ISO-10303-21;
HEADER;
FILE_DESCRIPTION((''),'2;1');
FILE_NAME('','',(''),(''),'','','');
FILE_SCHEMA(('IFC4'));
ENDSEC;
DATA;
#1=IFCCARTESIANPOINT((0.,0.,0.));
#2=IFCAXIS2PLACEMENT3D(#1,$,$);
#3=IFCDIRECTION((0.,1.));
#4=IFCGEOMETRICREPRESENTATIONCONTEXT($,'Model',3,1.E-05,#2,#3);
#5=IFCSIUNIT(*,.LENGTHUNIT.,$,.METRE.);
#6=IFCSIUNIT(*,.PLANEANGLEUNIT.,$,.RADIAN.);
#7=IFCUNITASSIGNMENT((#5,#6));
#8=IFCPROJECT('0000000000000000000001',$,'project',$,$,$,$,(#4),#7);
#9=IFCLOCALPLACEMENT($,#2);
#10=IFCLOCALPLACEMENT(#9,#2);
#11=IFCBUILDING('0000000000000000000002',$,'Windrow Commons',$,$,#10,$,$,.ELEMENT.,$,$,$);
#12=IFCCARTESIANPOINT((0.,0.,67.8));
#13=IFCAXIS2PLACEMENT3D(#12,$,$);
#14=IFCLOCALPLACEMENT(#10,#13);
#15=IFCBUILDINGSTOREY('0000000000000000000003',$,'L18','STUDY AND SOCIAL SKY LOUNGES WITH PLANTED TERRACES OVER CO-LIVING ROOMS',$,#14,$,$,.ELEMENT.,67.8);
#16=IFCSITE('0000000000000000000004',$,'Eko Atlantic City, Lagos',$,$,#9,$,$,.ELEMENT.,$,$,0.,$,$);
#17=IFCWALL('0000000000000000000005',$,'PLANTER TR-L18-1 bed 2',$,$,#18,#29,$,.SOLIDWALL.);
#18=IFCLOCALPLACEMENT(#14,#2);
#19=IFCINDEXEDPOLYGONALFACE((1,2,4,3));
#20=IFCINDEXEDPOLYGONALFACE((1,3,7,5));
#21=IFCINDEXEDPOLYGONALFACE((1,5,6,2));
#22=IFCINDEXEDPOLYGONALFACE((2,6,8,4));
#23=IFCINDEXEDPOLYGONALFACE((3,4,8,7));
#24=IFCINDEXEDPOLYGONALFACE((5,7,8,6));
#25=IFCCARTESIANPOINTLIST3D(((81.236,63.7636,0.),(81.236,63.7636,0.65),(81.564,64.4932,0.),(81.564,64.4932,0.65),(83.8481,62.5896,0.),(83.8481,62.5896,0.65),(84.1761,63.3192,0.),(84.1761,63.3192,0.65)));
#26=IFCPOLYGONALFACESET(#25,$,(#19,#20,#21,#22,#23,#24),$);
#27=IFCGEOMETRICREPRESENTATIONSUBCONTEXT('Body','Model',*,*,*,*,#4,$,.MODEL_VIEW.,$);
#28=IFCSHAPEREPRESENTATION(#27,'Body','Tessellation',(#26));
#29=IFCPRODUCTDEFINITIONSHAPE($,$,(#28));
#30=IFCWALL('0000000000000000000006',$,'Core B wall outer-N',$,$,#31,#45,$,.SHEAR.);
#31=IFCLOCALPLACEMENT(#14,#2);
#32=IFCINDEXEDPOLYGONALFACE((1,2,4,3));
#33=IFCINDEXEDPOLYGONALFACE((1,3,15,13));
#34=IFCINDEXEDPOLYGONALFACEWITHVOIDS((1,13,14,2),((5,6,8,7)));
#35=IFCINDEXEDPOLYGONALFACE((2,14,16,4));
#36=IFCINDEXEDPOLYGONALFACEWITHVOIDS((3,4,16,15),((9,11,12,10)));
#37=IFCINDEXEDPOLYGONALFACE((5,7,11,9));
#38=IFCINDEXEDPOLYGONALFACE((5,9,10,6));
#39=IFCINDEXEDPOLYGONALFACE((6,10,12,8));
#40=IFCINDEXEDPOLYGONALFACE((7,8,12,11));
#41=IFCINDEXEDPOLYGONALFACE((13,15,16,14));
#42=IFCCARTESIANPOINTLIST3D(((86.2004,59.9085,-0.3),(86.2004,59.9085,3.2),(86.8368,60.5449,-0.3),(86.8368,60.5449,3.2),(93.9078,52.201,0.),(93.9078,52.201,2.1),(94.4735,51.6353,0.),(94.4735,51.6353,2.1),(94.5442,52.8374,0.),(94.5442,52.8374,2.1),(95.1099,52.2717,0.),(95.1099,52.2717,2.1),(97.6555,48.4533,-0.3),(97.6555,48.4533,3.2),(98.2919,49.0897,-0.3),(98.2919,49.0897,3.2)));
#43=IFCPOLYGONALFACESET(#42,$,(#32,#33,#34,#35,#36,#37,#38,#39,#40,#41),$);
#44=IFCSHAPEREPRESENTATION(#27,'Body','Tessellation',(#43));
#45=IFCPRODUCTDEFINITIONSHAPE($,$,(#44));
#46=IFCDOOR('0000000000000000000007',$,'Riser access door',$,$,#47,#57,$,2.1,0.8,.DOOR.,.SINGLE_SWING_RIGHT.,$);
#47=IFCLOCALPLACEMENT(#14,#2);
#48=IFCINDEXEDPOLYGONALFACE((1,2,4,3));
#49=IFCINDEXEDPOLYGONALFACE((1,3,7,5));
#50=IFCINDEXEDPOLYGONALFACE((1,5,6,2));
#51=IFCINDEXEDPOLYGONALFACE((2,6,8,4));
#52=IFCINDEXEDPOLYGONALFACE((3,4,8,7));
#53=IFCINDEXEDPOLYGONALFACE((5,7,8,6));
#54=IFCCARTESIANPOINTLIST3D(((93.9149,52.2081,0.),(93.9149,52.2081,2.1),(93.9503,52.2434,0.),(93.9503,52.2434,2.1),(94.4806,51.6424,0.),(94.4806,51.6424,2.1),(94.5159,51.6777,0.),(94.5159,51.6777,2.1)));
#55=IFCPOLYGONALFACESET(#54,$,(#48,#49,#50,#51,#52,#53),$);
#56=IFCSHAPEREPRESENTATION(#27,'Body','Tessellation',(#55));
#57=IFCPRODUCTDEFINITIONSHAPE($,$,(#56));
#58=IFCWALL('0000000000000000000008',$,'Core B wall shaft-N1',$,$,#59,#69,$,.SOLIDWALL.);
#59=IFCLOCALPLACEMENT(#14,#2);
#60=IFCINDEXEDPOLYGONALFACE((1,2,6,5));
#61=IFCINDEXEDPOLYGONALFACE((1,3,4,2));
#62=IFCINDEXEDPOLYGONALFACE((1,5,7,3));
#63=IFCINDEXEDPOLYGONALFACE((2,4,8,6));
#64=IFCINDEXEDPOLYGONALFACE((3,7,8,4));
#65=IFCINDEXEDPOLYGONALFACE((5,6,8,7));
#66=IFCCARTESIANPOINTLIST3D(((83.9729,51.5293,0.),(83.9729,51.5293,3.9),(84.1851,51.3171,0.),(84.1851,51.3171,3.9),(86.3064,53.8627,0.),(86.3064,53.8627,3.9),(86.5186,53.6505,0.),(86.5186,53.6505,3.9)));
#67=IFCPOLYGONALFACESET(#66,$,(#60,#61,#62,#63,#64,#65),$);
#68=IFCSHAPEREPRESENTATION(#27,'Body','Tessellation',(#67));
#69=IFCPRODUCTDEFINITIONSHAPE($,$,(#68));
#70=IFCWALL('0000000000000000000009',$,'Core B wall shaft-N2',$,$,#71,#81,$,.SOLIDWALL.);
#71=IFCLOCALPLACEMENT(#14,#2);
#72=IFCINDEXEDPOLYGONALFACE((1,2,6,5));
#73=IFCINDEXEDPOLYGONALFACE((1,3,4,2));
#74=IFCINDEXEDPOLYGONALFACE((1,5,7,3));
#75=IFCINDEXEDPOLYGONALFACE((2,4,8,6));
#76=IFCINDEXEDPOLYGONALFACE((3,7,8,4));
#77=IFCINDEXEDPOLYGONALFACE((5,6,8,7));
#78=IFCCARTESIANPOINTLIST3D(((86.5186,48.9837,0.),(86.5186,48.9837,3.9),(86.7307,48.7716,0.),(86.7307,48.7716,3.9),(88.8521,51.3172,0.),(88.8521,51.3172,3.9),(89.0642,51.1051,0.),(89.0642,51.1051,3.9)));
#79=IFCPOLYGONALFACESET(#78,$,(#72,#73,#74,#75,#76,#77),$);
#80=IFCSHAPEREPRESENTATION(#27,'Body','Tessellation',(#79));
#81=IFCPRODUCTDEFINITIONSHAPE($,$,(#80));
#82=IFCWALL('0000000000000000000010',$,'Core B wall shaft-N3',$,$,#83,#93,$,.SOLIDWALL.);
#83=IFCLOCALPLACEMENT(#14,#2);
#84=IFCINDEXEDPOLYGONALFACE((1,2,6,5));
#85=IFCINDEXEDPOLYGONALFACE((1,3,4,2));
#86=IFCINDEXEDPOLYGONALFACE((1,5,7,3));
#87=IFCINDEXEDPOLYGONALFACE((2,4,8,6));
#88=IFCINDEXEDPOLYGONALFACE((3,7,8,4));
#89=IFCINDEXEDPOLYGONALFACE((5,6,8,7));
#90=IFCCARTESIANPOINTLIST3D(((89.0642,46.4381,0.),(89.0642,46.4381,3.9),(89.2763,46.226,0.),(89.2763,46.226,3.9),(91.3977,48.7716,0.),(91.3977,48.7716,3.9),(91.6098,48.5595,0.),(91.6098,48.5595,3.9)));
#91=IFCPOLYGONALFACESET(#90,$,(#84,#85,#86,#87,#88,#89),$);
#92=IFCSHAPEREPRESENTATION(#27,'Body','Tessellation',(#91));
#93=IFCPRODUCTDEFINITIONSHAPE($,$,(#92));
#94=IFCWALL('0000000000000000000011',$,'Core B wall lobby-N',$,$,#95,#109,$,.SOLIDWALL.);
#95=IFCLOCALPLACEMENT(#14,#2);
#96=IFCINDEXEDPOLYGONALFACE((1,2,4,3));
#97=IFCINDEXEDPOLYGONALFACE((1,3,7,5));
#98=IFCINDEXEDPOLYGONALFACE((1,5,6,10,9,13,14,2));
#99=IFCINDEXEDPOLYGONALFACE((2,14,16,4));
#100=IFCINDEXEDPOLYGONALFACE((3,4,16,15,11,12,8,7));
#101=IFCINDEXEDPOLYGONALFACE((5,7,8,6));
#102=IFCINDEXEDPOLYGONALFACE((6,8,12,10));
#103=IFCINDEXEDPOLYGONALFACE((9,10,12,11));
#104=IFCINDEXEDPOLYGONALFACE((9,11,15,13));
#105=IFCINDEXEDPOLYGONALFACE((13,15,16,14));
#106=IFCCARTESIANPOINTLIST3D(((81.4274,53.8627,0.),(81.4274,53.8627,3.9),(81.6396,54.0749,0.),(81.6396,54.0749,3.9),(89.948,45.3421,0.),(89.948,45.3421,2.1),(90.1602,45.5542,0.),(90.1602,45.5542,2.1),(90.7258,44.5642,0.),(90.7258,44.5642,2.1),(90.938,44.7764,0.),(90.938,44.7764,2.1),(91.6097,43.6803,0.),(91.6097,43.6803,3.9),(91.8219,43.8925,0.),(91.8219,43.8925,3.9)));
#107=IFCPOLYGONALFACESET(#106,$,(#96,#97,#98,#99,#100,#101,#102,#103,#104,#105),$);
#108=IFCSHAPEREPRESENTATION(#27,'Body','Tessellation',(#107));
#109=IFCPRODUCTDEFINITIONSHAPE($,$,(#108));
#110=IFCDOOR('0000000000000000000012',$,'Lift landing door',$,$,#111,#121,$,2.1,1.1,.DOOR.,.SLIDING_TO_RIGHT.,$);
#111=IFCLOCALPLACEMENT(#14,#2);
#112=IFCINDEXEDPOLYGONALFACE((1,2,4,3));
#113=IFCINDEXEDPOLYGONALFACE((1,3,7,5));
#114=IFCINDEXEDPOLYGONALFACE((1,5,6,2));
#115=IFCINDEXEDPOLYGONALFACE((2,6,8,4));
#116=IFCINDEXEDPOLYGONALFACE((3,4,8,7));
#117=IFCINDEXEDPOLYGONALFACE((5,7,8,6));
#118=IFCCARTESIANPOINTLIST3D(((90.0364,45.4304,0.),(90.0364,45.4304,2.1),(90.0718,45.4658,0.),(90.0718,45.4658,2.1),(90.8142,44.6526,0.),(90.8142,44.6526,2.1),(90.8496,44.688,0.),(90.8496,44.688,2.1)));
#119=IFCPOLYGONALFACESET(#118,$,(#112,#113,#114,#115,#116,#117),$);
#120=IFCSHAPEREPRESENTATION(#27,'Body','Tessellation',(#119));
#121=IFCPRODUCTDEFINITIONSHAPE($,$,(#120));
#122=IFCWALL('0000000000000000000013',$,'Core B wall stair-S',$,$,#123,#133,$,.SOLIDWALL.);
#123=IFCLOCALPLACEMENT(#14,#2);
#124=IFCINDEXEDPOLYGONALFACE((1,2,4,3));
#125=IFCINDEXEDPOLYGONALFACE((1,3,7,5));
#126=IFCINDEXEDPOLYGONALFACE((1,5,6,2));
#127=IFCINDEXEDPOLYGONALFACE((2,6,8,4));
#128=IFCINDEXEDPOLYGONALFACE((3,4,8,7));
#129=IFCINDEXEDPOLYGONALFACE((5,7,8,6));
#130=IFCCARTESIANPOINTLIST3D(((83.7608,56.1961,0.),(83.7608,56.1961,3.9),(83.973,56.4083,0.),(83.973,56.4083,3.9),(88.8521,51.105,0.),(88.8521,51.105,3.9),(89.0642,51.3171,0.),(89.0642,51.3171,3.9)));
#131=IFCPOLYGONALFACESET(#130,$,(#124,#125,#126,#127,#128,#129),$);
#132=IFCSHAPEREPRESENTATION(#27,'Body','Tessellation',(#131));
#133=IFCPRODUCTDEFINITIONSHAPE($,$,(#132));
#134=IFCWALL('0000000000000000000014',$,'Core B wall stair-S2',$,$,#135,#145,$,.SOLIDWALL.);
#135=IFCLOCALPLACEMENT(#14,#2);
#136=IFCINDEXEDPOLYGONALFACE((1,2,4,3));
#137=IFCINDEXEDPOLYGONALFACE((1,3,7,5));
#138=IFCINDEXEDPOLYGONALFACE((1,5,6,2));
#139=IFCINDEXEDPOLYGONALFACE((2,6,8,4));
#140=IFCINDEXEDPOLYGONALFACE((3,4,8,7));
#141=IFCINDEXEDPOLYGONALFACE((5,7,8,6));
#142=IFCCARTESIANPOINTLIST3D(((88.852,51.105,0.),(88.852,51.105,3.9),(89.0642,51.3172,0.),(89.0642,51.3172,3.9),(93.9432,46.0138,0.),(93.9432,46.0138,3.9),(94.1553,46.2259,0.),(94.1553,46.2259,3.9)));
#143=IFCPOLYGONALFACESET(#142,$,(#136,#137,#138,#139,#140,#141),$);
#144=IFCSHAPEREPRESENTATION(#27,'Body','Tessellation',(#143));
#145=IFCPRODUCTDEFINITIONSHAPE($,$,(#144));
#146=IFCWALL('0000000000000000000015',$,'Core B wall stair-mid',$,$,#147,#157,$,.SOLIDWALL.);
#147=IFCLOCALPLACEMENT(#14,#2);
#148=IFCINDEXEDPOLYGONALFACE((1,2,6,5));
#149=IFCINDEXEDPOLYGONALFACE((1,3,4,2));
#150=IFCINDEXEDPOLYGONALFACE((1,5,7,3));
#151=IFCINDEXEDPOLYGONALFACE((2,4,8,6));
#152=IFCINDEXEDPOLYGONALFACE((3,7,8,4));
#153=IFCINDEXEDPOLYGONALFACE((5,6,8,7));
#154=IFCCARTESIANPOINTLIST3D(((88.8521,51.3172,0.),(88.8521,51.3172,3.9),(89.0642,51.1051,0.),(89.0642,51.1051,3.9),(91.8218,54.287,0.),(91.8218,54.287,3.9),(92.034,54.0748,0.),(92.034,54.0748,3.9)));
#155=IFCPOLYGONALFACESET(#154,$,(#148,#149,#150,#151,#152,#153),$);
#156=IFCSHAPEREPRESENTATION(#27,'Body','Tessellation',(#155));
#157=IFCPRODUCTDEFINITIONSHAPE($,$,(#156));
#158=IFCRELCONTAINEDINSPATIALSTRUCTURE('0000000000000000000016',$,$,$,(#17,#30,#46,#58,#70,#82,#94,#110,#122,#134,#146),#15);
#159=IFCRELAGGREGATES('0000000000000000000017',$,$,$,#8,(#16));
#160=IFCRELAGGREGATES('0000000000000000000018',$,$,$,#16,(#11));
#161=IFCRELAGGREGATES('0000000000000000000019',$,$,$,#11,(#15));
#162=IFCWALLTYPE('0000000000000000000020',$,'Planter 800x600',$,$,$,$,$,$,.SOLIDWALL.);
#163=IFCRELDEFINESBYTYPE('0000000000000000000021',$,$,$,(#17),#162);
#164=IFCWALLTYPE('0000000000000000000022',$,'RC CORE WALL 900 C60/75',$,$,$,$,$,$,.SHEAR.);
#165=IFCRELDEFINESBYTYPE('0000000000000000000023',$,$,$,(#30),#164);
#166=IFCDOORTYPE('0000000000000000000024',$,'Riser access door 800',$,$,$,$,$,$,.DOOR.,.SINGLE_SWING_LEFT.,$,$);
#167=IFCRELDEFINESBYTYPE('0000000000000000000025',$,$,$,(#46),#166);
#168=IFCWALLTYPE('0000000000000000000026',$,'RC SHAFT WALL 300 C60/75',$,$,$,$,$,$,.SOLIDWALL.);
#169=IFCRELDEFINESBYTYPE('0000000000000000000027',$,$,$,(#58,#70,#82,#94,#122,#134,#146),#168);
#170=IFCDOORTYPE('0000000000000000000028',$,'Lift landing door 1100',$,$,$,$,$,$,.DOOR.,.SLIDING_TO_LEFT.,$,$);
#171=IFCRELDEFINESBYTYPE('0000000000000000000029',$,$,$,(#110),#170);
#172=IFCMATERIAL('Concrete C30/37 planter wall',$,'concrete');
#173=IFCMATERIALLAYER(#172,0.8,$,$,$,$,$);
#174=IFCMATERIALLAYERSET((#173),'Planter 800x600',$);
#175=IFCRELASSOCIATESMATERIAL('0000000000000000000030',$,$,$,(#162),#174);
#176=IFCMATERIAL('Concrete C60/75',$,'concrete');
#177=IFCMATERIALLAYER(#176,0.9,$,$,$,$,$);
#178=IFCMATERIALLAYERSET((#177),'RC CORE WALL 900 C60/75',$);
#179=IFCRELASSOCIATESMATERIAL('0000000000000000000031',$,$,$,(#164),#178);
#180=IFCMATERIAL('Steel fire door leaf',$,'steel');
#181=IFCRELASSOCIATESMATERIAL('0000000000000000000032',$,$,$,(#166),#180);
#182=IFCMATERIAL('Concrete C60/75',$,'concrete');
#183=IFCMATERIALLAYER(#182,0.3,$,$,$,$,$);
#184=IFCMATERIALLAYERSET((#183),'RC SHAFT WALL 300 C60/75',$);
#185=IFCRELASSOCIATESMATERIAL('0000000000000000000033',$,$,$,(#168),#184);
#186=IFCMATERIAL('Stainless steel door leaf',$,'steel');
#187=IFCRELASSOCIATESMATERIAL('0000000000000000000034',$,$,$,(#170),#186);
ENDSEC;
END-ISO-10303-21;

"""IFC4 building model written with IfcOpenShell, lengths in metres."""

from ifc_helpers import new_model, si_unit, direction, frame, frame_2d, origin, place, context, subcontext, project, spatial, rectangle, extrude, material, layer, layer_set, type_object, element, fill, save


model = new_model("IFC4")

# Units and contexts
model_context = context("Model", 3, precision=1e-05, world=origin(), true_north=direction((0.0, 1.0)))
body_context = subcontext(model_context, "Body", "Model", "MODEL_VIEW")
ifc_project = project(units=[si_unit("LENGTHUNIT", "METRE"), si_unit("PLANEANGLEUNIT", "RADIAN")], contexts=[model_context])

# Site, building, storey
site_placement = place(None, origin())
site = spatial("IfcSite", under=ifc_project, at=site_placement, Name="Eko Atlantic City, Lagos", CompositionType="ELEMENT", RefElevation=0.0)
building_placement = place(site_placement, origin())
building = spatial("IfcBuilding", under=site, at=building_placement, Name="Windrow Commons", CompositionType="ELEMENT")
storey_placement = place(building_placement, frame((0.0, 0.0, 67.8)))
storey = spatial("IfcBuildingStorey", under=building, at=storey_placement, Name="L18", Description="STUDY AND SOCIAL SKY LOUNGES WITH PLANTED TERRACES OVER CO-LIVING ROOMS", CompositionType="ELEMENT", Elevation=67.8)

# Wall
ifc_material_1 = material(Name="Concrete C30/37 planter wall", Category="concrete")
ifc_layer_1 = layer(ifc_material_1, 0.8)
ifc_layer_set_1 = layer_set([ifc_layer_1], Name="Planter 800x600")
wall_type_1 = type_object("IfcWallType", Name="Planter 800x600", PredefinedType="SOLIDWALL", material=ifc_layer_set_1)
wall_1_placement = place(storey_placement, frame((84.0121, 62.9544, 0.0), z_axis=(0.0, 0.0, 1.0), x_axis=(-0.91211, 0.409945, 0.0)))
element("IfcWall", 1, at=wall_1_placement, inside=storey, type_object=wall_type_1, Name="PLANTER TR-L18-1 bed 2", PredefinedType="SOLIDWALL", context=body_context, shape_type="SweptSolid", body=[
    extrude(rectangle(XDim=2.8638, YDim=0.8, at=frame_2d((1.4319, 0.0))), origin(), (0.0, 0.0, 1.0), 0.65),
])

# Wall, opening, door
ifc_material_2 = material(Name="Concrete C60/75", Category="concrete")
ifc_layer_2 = layer(ifc_material_2, 0.9)
ifc_layer_set_2 = layer_set([ifc_layer_2], Name="RC CORE WALL 900 C60/75")
wall_type_2 = type_object("IfcWallType", Name="RC CORE WALL 900 C60/75", PredefinedType="SHEAR", material=ifc_layer_set_2)
wall_2_placement = place(storey_placement, frame((86.5186, 60.2267, -0.3), z_axis=(0.0, 0.0, 1.0), x_axis=(0.707104, -0.70711, 0.0)))
wall_2 = element("IfcWall", 2, at=wall_2_placement, inside=storey, type_object=wall_type_2, Name="Core B wall outer-N", PredefinedType="SHEAR", context=body_context, shape_type="SweptSolid", body=[
    extrude(rectangle(XDim=16.2, YDim=0.9, at=frame_2d((8.1, 0.0))), origin(), (0.0, 0.0, 1.0), 3.5),
])
opening_1_placement = place(wall_2_placement, frame((10.9, 0.0, 0.3)))
opening_1 = element("IfcOpeningElement", 3, at=opening_1_placement, cuts=wall_2, PredefinedType="OPENING", context=body_context, shape_type="SweptSolid", body=[
    extrude(rectangle(XDim=0.8, YDim=2.1, at=frame_2d((0.4, 1.05))), frame((0.0, 0.46, 0.0), z_axis=(0.0, -1.0, 0.0), x_axis=(1.0, 0.0, 0.0)), (0.0, 0.0, 1.0), 0.92),
])
ifc_material_3 = material(Name="Steel fire door leaf", Category="steel")
door_type_1 = type_object("IfcDoorType", Name="Riser access door 800", OperationType="SINGLE_SWING_LEFT", PredefinedType="DOOR", material=ifc_material_3)
door_1_placement = place(opening_1_placement, origin())
door_1 = element("IfcDoor", 4, at=door_1_placement, inside=storey, type_object=door_type_1, Name="Riser access door", OperationType="SINGLE_SWING_RIGHT", OverallHeight=2.1, OverallWidth=0.8, PredefinedType="DOOR", context=body_context, shape_type="SweptSolid", body=[
    extrude(rectangle(XDim=0.8, YDim=2.1, at=frame_2d((0.4, 1.05))), frame((0.0, -0.39, 0.0), z_axis=(0.0, -1.0, 0.0), x_axis=(1.0, 0.0, 0.0)), (0.0, 0.0, 1.0), 0.05),
])
fill(opening_1, door_1)

# Walls
ifc_material_4 = material(Name="Concrete C60/75", Category="concrete")
ifc_layer_3 = layer(ifc_material_4, 0.3)
ifc_layer_set_3 = layer_set([ifc_layer_3], Name="RC SHAFT WALL 300 C60/75")
wall_type_3 = type_object("IfcWallType", Name="RC SHAFT WALL 300 C60/75", PredefinedType="SOLIDWALL", material=ifc_layer_set_3)
wall_3_placement = place(storey_placement, frame((84.079, 51.4232, 0.0), z_axis=(0.0, 0.0, 1.0), x_axis=(0.707122, 0.707092, 0.0)))
element("IfcWall", 5, at=wall_3_placement, inside=storey, type_object=wall_type_3, Name="Core B wall shaft-N1", PredefinedType="SOLIDWALL", context=body_context, shape_type="SweptSolid", body=[
    extrude(rectangle(XDim=3.3, YDim=0.3, at=frame_2d((1.65, 0.0))), origin(), (0.0, 0.0, 1.0), 3.9),
])
for number, where, z_axis, x_axis, name in (
    (6, (86.6246, 48.8776, 0.0), (0.0, 0.0, 1.0), (0.707107, 0.707107, 0.0), "Core B wall shaft-N2"),
    (7, (89.1702, 46.332, 0.0), (0.0, 0.0, 1.0), (0.707107, 0.707107, 0.0), "Core B wall shaft-N3"),
):
    element("IfcWall", number, at=place(storey_placement, frame(where, z_axis=z_axis, x_axis=x_axis)), inside=storey, type_object=wall_type_3, Name=name, PredefinedType="SOLIDWALL", context=body_context, shape_type="SweptSolid", body=[
        extrude(rectangle(XDim=3.3001, YDim=0.3, at=frame_2d((1.6501, 0.0))), origin(), (0.0, 0.0, 1.0), 3.9),
    ])

# Wall, opening, door
wall_4_placement = place(storey_placement, frame((81.5335, 53.9688, 0.0), z_axis=(0.0, 0.0, 1.0), x_axis=(0.707103, -0.70711, 0.0)))
wall_4 = element("IfcWall", 8, at=wall_4_placement, inside=storey, type_object=wall_type_3, Name="Core B wall lobby-N", PredefinedType="SOLIDWALL", context=body_context, shape_type="SweptSolid", body=[
    extrude(rectangle(XDim=14.4, YDim=0.3, at=frame_2d((7.2, 0.0))), origin(), (0.0, 0.0, 1.0), 3.9),
])
opening_2_placement = place(wall_4_placement, frame((12.05, 0.0, 0.0)))
opening_2 = element("IfcOpeningElement", 9, at=opening_2_placement, cuts=wall_4, PredefinedType="OPENING", context=body_context, shape_type="SweptSolid", body=[
    extrude(rectangle(XDim=1.1, YDim=2.1, at=frame_2d((0.55, 1.05))), frame((0.0, 0.16, 0.0), z_axis=(0.0, -1.0, 0.0), x_axis=(1.0, 0.0, 0.0)), (0.0, 0.0, 1.0), 0.32),
])
ifc_material_5 = material(Name="Stainless steel door leaf", Category="steel")
door_type_2 = type_object("IfcDoorType", Name="Lift landing door 1100", OperationType="SLIDING_TO_LEFT", PredefinedType="DOOR", material=ifc_material_5)
door_2_placement = place(opening_2_placement, origin())
door_2 = element("IfcDoor", 10, at=door_2_placement, inside=storey, type_object=door_type_2, Name="Lift landing door", OperationType="SLIDING_TO_RIGHT", OverallHeight=2.1, OverallWidth=1.1, PredefinedType="DOOR", context=body_context, shape_type="SweptSolid", body=[
    extrude(rectangle(XDim=1.1, YDim=2.1, at=frame_2d((0.55, 1.05))), frame((0.0, 0.025, 0.0), z_axis=(0.0, -1.0, 0.0), x_axis=(1.0, 0.0, 0.0)), (0.0, 0.0, 1.0), 0.05),
])
fill(opening_2, door_2)

# Walls
for number, where, z_axis, x_axis, name in (
    (11, (83.8669, 56.3022, 0.0), (0.0, 0.0, 1.0), (0.707114, -0.7071, 0.0), "Core B wall stair-S"),
    (12, (88.9581, 51.2111, 0.0), (0.0, 0.0, 1.0), (0.7071, -0.707114, 0.0), "Core B wall stair-S2"),
):
    element("IfcWall", number, at=place(storey_placement, frame(where, z_axis=z_axis, x_axis=x_axis)), inside=storey, type_object=wall_type_3, Name=name, PredefinedType="SOLIDWALL", context=body_context, shape_type="SweptSolid", body=[
        extrude(rectangle(XDim=7.2, YDim=0.3, at=frame_2d((3.6, 0.0))), origin(), (0.0, 0.0, 1.0), 3.9),
    ])
wall_5_placement = place(storey_placement, frame((88.9581, 51.2111, 0.0), z_axis=(0.0, 0.0, 1.0), x_axis=(0.707107, 0.707107, 0.0)))
element("IfcWall", 13, at=wall_5_placement, inside=storey, type_object=wall_type_3, Name="Core B wall stair-mid", PredefinedType="SOLIDWALL", context=body_context, shape_type="SweptSolid", body=[
    extrude(rectangle(XDim=4.1999, YDim=0.3, at=frame_2d((2.1, 0.0))), origin(), (0.0, 0.0, 1.0), 3.9),
])

save(model, "model.ifc")
